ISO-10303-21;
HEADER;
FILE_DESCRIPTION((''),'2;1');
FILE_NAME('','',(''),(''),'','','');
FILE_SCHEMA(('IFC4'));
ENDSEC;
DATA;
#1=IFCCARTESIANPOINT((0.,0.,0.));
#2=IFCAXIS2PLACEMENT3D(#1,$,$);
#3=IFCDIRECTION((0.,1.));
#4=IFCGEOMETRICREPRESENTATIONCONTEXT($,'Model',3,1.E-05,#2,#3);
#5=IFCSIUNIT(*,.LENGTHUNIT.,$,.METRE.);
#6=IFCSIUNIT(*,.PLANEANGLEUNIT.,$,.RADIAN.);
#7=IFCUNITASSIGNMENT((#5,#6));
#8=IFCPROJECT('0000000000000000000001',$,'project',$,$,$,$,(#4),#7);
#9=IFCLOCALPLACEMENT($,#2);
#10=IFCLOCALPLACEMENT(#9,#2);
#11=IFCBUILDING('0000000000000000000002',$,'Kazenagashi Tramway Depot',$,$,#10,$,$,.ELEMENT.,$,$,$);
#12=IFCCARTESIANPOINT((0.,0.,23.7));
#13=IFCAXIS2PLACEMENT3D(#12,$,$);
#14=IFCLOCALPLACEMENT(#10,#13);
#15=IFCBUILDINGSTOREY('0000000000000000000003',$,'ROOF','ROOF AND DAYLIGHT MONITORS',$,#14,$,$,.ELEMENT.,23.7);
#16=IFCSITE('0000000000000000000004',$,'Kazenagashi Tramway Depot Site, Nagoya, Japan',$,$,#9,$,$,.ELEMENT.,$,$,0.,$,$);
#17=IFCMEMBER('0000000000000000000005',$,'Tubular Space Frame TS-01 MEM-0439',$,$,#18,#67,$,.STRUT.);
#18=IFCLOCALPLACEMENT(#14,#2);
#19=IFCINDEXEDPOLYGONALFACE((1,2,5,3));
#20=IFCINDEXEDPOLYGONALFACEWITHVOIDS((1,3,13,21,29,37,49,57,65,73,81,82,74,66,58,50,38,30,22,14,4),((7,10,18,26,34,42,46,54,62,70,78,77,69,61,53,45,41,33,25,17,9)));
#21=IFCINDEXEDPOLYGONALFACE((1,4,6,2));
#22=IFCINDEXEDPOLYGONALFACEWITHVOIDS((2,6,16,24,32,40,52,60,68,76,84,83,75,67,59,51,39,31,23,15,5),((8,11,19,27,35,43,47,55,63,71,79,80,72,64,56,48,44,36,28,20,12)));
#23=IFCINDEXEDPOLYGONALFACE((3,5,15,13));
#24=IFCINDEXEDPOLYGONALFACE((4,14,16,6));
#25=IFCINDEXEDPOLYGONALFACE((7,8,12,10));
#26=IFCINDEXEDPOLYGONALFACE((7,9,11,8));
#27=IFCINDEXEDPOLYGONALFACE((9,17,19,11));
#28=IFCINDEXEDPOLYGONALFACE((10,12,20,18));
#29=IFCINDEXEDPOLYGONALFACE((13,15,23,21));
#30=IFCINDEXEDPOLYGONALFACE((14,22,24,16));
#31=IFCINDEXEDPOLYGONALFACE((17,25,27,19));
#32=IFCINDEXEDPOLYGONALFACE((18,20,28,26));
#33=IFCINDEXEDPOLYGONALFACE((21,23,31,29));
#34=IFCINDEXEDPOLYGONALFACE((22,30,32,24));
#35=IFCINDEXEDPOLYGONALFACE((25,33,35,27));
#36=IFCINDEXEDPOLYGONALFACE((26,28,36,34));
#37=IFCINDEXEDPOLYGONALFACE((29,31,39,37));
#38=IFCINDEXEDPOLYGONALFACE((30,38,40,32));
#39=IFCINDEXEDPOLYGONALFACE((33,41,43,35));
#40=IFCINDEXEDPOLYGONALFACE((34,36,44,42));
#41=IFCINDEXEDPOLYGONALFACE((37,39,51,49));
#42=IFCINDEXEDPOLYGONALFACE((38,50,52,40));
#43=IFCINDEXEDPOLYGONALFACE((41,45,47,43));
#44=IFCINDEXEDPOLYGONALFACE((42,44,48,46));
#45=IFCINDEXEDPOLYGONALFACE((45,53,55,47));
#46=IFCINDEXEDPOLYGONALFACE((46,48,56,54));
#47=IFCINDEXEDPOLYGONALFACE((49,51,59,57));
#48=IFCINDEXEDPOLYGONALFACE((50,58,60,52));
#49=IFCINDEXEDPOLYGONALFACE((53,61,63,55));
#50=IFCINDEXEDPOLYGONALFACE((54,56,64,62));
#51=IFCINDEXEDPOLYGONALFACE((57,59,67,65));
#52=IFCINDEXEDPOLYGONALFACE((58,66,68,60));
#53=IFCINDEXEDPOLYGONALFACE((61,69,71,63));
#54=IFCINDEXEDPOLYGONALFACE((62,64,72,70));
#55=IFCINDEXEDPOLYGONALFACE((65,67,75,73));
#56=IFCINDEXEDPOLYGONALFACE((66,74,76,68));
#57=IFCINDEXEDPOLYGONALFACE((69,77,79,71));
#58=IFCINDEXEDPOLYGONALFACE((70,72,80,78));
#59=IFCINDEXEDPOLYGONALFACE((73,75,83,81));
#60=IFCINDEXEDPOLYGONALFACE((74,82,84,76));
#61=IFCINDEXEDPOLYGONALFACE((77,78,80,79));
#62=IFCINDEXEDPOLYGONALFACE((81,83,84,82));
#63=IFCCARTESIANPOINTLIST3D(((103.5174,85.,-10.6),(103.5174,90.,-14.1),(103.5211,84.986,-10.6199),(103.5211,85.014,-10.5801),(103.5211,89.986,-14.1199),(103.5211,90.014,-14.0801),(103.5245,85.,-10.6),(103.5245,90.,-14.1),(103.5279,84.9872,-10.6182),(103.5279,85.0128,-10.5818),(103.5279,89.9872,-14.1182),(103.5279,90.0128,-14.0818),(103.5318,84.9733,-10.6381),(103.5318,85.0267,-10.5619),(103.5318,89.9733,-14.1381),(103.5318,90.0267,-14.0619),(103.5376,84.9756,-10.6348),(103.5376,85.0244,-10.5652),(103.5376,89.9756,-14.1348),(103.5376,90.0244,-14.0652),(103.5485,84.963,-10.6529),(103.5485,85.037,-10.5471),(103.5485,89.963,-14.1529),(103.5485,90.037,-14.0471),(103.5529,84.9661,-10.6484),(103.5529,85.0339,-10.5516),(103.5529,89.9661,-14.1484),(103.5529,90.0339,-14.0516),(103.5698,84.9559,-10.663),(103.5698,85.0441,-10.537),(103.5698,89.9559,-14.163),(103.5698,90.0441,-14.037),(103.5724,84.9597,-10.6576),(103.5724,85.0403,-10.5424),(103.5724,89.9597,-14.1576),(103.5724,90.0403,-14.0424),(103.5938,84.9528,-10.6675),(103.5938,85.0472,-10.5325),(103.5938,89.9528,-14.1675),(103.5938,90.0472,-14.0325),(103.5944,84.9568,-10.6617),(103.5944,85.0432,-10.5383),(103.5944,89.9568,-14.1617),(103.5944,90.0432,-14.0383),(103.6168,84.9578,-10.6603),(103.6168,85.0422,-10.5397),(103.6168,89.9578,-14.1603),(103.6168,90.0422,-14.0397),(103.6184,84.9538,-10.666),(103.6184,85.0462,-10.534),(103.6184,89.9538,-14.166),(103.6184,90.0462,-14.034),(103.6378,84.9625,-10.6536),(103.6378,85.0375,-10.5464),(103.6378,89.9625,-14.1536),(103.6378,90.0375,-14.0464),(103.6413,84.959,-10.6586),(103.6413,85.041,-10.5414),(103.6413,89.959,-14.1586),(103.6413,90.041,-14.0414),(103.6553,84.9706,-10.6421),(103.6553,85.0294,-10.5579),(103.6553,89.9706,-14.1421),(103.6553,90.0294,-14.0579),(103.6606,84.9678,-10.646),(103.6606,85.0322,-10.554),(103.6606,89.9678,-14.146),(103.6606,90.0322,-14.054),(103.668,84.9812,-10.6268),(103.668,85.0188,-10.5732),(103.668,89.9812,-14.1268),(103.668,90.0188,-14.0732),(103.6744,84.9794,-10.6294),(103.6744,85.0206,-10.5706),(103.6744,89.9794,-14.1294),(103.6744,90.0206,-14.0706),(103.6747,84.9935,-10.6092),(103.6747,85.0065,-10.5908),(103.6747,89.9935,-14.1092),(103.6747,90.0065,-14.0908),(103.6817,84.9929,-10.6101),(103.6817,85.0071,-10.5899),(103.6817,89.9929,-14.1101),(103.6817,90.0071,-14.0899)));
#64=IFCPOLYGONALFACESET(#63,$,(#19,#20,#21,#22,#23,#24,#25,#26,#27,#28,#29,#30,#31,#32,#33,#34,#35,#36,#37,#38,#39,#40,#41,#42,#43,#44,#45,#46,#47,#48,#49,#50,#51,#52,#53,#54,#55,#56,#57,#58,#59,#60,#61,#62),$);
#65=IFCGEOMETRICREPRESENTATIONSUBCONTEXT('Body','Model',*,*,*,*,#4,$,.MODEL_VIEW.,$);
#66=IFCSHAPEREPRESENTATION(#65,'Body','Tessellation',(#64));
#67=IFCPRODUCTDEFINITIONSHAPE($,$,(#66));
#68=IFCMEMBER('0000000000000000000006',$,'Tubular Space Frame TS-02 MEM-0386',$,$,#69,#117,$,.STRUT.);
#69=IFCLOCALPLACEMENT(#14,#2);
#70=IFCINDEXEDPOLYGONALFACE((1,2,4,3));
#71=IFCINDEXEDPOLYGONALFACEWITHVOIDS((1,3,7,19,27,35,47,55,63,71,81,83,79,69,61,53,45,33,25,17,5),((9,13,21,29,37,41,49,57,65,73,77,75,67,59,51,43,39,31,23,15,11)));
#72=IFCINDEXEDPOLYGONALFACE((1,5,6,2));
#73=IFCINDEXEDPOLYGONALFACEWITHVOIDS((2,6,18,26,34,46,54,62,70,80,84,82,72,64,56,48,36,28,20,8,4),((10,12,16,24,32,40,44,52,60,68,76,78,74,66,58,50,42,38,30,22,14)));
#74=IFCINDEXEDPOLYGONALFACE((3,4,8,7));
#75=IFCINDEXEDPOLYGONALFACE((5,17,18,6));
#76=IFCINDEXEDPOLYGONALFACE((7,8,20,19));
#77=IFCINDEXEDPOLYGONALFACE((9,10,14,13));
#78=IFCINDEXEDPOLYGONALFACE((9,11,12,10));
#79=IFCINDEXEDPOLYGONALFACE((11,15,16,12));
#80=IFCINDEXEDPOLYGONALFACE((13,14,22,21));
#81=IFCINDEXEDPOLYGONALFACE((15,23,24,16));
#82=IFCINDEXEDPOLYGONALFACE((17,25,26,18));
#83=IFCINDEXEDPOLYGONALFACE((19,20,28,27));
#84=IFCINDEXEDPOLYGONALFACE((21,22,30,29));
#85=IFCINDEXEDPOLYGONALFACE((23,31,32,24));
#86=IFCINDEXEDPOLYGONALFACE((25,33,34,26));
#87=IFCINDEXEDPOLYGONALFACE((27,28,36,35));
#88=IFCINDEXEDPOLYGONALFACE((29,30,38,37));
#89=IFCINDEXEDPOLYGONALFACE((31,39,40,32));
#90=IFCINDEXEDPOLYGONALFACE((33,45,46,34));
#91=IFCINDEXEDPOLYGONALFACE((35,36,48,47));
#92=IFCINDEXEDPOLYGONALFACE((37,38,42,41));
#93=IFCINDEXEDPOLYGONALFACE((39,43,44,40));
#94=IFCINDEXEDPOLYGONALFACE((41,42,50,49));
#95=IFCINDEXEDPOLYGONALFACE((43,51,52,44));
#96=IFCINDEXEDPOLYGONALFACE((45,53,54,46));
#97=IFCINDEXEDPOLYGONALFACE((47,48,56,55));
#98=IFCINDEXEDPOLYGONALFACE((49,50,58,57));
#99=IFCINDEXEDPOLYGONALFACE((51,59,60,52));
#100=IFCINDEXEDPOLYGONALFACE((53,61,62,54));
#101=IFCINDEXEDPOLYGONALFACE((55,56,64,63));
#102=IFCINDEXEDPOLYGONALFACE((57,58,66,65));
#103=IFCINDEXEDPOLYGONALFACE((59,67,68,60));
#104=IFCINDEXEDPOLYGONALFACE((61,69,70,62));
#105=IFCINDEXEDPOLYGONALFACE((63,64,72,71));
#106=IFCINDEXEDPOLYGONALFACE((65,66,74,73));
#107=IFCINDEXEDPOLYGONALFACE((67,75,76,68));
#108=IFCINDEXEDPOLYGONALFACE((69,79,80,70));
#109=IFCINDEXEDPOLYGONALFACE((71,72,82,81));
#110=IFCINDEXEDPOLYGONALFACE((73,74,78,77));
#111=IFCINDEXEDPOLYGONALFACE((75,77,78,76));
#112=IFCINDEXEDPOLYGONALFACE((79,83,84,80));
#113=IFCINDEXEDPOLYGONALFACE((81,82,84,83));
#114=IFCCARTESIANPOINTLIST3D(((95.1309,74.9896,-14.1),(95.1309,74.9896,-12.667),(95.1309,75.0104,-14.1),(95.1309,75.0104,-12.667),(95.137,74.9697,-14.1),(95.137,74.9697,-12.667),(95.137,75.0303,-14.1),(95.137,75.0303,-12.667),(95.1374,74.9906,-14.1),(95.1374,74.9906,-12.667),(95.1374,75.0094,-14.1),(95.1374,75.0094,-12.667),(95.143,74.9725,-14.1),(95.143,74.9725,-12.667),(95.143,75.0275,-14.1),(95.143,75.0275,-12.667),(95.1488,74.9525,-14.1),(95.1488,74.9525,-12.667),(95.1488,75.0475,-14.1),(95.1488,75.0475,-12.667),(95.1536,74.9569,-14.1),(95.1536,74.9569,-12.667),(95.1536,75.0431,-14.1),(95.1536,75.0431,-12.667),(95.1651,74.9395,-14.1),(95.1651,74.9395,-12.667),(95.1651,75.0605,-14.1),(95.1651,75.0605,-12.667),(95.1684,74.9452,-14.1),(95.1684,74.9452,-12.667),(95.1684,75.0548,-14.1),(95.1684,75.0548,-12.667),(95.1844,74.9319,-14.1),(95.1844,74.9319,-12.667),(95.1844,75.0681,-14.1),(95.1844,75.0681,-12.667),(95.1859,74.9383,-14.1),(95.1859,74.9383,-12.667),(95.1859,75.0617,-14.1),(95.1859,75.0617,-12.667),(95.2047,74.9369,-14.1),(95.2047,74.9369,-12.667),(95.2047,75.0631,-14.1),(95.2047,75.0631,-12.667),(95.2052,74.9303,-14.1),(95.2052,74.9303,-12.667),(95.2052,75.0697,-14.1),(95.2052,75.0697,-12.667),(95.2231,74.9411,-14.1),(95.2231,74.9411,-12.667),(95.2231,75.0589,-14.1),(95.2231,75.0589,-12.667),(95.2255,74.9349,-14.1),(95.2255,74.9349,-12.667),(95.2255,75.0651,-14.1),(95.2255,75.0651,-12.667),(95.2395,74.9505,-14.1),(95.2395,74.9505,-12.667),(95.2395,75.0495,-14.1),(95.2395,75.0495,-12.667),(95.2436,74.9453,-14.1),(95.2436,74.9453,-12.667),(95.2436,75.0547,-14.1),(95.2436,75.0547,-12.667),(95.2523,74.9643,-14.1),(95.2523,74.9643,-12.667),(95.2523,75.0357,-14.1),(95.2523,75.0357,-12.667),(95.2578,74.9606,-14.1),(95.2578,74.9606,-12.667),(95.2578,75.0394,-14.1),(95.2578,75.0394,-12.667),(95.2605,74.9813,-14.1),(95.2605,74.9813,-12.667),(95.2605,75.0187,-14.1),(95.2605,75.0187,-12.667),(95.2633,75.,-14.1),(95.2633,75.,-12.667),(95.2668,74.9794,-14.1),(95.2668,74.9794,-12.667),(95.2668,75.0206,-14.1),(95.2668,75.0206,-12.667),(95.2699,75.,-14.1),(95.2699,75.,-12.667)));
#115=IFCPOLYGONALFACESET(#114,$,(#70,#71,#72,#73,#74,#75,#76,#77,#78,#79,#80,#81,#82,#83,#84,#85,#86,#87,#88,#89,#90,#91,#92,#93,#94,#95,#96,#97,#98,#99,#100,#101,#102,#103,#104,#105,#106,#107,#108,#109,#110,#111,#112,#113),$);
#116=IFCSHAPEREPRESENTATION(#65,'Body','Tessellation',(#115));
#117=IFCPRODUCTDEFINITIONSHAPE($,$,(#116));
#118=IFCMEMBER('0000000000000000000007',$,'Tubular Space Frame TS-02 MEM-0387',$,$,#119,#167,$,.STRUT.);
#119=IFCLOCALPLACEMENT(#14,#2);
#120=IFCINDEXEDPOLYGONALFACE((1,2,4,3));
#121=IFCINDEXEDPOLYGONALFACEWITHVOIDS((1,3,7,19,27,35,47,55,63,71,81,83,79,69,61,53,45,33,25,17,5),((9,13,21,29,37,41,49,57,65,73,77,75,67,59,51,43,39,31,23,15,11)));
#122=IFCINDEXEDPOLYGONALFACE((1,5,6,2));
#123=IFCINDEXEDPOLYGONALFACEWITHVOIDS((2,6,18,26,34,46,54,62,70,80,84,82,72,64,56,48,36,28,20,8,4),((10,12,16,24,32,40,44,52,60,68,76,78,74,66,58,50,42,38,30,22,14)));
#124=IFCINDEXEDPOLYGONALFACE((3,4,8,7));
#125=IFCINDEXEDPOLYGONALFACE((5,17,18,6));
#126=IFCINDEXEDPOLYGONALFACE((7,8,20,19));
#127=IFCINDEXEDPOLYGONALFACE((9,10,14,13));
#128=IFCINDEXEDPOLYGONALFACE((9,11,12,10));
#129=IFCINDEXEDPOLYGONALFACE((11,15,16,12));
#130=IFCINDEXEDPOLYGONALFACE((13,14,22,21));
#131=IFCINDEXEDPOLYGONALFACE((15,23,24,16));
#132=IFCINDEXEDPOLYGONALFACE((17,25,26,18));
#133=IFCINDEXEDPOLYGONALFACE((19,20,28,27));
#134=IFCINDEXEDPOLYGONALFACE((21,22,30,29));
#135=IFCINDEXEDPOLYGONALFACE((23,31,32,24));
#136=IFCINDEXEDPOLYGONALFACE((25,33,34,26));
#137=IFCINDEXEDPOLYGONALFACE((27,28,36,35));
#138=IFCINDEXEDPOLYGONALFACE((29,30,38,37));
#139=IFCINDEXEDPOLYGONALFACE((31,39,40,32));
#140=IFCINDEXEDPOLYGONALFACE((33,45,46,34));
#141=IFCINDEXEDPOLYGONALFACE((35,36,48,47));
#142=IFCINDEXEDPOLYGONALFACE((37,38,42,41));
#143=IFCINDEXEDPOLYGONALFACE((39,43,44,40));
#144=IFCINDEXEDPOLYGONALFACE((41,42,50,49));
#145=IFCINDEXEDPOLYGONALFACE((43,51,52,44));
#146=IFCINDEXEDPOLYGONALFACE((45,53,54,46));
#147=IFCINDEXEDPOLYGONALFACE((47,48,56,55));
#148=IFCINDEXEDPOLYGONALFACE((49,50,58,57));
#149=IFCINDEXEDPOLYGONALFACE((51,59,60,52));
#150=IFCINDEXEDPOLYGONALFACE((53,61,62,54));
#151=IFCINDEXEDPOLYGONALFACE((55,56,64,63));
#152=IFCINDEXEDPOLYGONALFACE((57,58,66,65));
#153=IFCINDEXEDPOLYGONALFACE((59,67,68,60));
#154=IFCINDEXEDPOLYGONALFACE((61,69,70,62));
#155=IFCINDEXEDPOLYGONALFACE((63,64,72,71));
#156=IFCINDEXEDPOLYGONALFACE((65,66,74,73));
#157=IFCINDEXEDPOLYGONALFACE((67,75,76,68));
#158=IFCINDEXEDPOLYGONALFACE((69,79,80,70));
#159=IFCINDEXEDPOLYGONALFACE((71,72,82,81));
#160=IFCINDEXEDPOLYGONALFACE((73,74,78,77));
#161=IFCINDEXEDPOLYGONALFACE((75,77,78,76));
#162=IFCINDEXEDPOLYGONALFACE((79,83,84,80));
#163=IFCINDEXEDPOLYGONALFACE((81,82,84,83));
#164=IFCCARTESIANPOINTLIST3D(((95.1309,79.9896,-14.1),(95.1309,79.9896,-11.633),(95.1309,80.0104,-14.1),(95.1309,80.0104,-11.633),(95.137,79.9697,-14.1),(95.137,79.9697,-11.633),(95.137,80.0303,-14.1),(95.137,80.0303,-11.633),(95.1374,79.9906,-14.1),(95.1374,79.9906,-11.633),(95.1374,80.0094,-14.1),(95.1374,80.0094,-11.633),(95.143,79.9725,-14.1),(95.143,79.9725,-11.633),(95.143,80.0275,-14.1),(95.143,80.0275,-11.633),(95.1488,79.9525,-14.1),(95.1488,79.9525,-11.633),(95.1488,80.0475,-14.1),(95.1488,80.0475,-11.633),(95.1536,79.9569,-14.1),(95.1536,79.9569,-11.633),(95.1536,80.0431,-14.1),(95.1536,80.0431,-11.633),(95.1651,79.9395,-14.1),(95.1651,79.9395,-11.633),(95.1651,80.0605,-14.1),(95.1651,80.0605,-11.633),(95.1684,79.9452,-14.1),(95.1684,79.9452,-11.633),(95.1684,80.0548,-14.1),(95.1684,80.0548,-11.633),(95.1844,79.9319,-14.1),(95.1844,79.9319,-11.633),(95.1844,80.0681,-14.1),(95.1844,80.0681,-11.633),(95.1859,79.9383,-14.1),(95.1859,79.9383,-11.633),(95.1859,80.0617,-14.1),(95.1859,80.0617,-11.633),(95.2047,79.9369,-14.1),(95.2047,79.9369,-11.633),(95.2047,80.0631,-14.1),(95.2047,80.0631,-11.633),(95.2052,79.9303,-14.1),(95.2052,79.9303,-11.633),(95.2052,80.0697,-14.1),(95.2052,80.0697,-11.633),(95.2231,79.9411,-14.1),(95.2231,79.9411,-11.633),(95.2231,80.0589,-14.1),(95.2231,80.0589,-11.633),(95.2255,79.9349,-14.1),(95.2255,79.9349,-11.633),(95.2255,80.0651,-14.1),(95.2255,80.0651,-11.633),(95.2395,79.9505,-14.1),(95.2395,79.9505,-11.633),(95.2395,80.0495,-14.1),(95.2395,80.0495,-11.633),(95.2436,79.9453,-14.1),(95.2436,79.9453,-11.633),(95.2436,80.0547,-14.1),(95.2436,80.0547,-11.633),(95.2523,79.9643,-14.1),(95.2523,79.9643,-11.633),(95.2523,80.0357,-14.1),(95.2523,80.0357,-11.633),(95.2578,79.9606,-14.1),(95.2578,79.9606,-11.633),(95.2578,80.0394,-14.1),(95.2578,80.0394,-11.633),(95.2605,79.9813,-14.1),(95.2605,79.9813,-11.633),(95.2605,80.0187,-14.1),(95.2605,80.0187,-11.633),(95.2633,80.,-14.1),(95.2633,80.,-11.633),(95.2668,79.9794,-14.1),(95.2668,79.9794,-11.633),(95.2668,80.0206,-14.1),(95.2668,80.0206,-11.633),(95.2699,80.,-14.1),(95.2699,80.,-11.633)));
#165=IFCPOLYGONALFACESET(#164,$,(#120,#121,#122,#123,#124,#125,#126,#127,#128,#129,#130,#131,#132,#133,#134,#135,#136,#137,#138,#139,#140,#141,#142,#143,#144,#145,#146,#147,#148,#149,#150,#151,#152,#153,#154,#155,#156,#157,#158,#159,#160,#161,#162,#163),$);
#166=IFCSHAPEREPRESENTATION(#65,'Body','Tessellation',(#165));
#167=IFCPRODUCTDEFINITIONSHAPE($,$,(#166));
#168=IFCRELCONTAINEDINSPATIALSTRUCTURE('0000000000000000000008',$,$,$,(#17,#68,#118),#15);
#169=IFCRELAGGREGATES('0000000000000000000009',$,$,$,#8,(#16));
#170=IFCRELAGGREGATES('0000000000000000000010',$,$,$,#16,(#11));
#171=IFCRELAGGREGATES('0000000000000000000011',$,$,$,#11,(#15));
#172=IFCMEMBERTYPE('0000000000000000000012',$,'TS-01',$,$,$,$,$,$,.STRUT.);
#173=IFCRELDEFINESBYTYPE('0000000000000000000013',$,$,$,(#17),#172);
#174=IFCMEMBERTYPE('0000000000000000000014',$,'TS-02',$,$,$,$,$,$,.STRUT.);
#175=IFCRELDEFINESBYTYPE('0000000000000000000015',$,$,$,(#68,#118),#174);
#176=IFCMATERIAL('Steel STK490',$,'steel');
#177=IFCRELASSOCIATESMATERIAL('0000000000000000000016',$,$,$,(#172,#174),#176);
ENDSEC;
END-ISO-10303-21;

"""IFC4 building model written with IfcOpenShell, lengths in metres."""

from ifc_helpers import new_model, si_unit, direction, frame, origin, origin_2d, place, context, subcontext, project, spatial, hollow_circle, extrude, material, material_profile, profile_set, type_object, element, save


model = new_model("IFC4")

# Units and contexts
model_context = context("Model", 3, precision=1e-05, world=origin(), true_north=direction((0.0, 1.0)))
body_context = subcontext(model_context, "Body", "Model", "MODEL_VIEW")
ifc_project = project(units=[si_unit("LENGTHUNIT", "METRE"), si_unit("PLANEANGLEUNIT", "RADIAN")], contexts=[model_context])

# Site, building, storey
site_placement = place(None, origin())
site = spatial("IfcSite", under=ifc_project, at=site_placement, Name="Kazenagashi Tramway Depot Site, Nagoya, Japan", CompositionType="ELEMENT", RefElevation=0.0)
building_placement = place(site_placement, origin())
building = spatial("IfcBuilding", under=site, at=building_placement, Name="Kazenagashi Tramway Depot", CompositionType="ELEMENT")
storey_placement = place(building_placement, frame((0.0, 0.0, 23.7)))
storey = spatial("IfcBuildingStorey", under=building, at=storey_placement, Name="ROOF", Description="ROOF AND DAYLIGHT MONITORS", CompositionType="ELEMENT", Elevation=23.7)

# Members
ifc_material_1 = material(Name="Steel STK490", Category="steel")
ifc_material_profile_1 = material_profile(ifc_material_1, hollow_circle(Radius=0.0826, WallThickness=0.0071, at=origin_2d()), Name="CHS-165.2x7.1")
ifc_profile_set_1 = profile_set([ifc_material_profile_1], Name="Steel STK490")
member_type_1 = type_object("IfcMemberType", Name="TS-01", PredefinedType="STRUT", material=ifc_profile_set_1)
for number, where, z_axis, x_axis, name in (
    (1, (103.6, 85.0, -10.6), (0.0, 0.819232, -0.573462), (-1.0, 0.0, 0.0), "Tubular Space Frame TS-01 MEM-0439"),
):
    element("IfcMember", number, at=place(storey_placement, frame(where, z_axis=z_axis, x_axis=x_axis)), inside=storey, type_object=member_type_1, Name=name, PredefinedType="STRUT", context=body_context, shape_type="SweptSolid", body=[
        extrude(hollow_circle(Radius=0.0826, WallThickness=0.0071, at=origin_2d()), origin(), (0.0, 0.0, 1.0), 6.1033),
    ])
ifc_material_profile_2 = material_profile(ifc_material_1, hollow_circle(Radius=0.0699, WallThickness=0.0066, at=origin_2d()), Name="CHS-139.8x6.6")
ifc_profile_set_2 = profile_set([ifc_material_profile_2], Name="Steel STK490")
member_type_2 = type_object("IfcMemberType", Name="TS-02", PredefinedType="STRUT", material=ifc_profile_set_2)
member_1_placement = place(storey_placement, frame((95.2, 75.0, -14.1), z_axis=(0.0, 0.0, 1.0), x_axis=(1.0, 0.0, 0.0)))
element("IfcMember", 2, at=member_1_placement, inside=storey, type_object=member_type_2, Name="Tubular Space Frame TS-02 MEM-0386", PredefinedType="STRUT", context=body_context, shape_type="SweptSolid", body=[
    extrude(hollow_circle(Radius=0.0699, WallThickness=0.0066, at=origin_2d()), origin(), (0.0, 0.0, 1.0), 1.433),
])
member_2_placement = place(storey_placement, frame((95.2, 80.0, -14.1), z_axis=(0.0, 0.0, 1.0), x_axis=(1.0, 0.0, 0.0)))
element("IfcMember", 3, at=member_2_placement, inside=storey, type_object=member_type_2, Name="Tubular Space Frame TS-02 MEM-0387", PredefinedType="STRUT", context=body_context, shape_type="SweptSolid", body=[
    extrude(hollow_circle(Radius=0.0699, WallThickness=0.0066, at=origin_2d()), origin(), (0.0, 0.0, 1.0), 2.467),
])

save(model, "model.ifc")
